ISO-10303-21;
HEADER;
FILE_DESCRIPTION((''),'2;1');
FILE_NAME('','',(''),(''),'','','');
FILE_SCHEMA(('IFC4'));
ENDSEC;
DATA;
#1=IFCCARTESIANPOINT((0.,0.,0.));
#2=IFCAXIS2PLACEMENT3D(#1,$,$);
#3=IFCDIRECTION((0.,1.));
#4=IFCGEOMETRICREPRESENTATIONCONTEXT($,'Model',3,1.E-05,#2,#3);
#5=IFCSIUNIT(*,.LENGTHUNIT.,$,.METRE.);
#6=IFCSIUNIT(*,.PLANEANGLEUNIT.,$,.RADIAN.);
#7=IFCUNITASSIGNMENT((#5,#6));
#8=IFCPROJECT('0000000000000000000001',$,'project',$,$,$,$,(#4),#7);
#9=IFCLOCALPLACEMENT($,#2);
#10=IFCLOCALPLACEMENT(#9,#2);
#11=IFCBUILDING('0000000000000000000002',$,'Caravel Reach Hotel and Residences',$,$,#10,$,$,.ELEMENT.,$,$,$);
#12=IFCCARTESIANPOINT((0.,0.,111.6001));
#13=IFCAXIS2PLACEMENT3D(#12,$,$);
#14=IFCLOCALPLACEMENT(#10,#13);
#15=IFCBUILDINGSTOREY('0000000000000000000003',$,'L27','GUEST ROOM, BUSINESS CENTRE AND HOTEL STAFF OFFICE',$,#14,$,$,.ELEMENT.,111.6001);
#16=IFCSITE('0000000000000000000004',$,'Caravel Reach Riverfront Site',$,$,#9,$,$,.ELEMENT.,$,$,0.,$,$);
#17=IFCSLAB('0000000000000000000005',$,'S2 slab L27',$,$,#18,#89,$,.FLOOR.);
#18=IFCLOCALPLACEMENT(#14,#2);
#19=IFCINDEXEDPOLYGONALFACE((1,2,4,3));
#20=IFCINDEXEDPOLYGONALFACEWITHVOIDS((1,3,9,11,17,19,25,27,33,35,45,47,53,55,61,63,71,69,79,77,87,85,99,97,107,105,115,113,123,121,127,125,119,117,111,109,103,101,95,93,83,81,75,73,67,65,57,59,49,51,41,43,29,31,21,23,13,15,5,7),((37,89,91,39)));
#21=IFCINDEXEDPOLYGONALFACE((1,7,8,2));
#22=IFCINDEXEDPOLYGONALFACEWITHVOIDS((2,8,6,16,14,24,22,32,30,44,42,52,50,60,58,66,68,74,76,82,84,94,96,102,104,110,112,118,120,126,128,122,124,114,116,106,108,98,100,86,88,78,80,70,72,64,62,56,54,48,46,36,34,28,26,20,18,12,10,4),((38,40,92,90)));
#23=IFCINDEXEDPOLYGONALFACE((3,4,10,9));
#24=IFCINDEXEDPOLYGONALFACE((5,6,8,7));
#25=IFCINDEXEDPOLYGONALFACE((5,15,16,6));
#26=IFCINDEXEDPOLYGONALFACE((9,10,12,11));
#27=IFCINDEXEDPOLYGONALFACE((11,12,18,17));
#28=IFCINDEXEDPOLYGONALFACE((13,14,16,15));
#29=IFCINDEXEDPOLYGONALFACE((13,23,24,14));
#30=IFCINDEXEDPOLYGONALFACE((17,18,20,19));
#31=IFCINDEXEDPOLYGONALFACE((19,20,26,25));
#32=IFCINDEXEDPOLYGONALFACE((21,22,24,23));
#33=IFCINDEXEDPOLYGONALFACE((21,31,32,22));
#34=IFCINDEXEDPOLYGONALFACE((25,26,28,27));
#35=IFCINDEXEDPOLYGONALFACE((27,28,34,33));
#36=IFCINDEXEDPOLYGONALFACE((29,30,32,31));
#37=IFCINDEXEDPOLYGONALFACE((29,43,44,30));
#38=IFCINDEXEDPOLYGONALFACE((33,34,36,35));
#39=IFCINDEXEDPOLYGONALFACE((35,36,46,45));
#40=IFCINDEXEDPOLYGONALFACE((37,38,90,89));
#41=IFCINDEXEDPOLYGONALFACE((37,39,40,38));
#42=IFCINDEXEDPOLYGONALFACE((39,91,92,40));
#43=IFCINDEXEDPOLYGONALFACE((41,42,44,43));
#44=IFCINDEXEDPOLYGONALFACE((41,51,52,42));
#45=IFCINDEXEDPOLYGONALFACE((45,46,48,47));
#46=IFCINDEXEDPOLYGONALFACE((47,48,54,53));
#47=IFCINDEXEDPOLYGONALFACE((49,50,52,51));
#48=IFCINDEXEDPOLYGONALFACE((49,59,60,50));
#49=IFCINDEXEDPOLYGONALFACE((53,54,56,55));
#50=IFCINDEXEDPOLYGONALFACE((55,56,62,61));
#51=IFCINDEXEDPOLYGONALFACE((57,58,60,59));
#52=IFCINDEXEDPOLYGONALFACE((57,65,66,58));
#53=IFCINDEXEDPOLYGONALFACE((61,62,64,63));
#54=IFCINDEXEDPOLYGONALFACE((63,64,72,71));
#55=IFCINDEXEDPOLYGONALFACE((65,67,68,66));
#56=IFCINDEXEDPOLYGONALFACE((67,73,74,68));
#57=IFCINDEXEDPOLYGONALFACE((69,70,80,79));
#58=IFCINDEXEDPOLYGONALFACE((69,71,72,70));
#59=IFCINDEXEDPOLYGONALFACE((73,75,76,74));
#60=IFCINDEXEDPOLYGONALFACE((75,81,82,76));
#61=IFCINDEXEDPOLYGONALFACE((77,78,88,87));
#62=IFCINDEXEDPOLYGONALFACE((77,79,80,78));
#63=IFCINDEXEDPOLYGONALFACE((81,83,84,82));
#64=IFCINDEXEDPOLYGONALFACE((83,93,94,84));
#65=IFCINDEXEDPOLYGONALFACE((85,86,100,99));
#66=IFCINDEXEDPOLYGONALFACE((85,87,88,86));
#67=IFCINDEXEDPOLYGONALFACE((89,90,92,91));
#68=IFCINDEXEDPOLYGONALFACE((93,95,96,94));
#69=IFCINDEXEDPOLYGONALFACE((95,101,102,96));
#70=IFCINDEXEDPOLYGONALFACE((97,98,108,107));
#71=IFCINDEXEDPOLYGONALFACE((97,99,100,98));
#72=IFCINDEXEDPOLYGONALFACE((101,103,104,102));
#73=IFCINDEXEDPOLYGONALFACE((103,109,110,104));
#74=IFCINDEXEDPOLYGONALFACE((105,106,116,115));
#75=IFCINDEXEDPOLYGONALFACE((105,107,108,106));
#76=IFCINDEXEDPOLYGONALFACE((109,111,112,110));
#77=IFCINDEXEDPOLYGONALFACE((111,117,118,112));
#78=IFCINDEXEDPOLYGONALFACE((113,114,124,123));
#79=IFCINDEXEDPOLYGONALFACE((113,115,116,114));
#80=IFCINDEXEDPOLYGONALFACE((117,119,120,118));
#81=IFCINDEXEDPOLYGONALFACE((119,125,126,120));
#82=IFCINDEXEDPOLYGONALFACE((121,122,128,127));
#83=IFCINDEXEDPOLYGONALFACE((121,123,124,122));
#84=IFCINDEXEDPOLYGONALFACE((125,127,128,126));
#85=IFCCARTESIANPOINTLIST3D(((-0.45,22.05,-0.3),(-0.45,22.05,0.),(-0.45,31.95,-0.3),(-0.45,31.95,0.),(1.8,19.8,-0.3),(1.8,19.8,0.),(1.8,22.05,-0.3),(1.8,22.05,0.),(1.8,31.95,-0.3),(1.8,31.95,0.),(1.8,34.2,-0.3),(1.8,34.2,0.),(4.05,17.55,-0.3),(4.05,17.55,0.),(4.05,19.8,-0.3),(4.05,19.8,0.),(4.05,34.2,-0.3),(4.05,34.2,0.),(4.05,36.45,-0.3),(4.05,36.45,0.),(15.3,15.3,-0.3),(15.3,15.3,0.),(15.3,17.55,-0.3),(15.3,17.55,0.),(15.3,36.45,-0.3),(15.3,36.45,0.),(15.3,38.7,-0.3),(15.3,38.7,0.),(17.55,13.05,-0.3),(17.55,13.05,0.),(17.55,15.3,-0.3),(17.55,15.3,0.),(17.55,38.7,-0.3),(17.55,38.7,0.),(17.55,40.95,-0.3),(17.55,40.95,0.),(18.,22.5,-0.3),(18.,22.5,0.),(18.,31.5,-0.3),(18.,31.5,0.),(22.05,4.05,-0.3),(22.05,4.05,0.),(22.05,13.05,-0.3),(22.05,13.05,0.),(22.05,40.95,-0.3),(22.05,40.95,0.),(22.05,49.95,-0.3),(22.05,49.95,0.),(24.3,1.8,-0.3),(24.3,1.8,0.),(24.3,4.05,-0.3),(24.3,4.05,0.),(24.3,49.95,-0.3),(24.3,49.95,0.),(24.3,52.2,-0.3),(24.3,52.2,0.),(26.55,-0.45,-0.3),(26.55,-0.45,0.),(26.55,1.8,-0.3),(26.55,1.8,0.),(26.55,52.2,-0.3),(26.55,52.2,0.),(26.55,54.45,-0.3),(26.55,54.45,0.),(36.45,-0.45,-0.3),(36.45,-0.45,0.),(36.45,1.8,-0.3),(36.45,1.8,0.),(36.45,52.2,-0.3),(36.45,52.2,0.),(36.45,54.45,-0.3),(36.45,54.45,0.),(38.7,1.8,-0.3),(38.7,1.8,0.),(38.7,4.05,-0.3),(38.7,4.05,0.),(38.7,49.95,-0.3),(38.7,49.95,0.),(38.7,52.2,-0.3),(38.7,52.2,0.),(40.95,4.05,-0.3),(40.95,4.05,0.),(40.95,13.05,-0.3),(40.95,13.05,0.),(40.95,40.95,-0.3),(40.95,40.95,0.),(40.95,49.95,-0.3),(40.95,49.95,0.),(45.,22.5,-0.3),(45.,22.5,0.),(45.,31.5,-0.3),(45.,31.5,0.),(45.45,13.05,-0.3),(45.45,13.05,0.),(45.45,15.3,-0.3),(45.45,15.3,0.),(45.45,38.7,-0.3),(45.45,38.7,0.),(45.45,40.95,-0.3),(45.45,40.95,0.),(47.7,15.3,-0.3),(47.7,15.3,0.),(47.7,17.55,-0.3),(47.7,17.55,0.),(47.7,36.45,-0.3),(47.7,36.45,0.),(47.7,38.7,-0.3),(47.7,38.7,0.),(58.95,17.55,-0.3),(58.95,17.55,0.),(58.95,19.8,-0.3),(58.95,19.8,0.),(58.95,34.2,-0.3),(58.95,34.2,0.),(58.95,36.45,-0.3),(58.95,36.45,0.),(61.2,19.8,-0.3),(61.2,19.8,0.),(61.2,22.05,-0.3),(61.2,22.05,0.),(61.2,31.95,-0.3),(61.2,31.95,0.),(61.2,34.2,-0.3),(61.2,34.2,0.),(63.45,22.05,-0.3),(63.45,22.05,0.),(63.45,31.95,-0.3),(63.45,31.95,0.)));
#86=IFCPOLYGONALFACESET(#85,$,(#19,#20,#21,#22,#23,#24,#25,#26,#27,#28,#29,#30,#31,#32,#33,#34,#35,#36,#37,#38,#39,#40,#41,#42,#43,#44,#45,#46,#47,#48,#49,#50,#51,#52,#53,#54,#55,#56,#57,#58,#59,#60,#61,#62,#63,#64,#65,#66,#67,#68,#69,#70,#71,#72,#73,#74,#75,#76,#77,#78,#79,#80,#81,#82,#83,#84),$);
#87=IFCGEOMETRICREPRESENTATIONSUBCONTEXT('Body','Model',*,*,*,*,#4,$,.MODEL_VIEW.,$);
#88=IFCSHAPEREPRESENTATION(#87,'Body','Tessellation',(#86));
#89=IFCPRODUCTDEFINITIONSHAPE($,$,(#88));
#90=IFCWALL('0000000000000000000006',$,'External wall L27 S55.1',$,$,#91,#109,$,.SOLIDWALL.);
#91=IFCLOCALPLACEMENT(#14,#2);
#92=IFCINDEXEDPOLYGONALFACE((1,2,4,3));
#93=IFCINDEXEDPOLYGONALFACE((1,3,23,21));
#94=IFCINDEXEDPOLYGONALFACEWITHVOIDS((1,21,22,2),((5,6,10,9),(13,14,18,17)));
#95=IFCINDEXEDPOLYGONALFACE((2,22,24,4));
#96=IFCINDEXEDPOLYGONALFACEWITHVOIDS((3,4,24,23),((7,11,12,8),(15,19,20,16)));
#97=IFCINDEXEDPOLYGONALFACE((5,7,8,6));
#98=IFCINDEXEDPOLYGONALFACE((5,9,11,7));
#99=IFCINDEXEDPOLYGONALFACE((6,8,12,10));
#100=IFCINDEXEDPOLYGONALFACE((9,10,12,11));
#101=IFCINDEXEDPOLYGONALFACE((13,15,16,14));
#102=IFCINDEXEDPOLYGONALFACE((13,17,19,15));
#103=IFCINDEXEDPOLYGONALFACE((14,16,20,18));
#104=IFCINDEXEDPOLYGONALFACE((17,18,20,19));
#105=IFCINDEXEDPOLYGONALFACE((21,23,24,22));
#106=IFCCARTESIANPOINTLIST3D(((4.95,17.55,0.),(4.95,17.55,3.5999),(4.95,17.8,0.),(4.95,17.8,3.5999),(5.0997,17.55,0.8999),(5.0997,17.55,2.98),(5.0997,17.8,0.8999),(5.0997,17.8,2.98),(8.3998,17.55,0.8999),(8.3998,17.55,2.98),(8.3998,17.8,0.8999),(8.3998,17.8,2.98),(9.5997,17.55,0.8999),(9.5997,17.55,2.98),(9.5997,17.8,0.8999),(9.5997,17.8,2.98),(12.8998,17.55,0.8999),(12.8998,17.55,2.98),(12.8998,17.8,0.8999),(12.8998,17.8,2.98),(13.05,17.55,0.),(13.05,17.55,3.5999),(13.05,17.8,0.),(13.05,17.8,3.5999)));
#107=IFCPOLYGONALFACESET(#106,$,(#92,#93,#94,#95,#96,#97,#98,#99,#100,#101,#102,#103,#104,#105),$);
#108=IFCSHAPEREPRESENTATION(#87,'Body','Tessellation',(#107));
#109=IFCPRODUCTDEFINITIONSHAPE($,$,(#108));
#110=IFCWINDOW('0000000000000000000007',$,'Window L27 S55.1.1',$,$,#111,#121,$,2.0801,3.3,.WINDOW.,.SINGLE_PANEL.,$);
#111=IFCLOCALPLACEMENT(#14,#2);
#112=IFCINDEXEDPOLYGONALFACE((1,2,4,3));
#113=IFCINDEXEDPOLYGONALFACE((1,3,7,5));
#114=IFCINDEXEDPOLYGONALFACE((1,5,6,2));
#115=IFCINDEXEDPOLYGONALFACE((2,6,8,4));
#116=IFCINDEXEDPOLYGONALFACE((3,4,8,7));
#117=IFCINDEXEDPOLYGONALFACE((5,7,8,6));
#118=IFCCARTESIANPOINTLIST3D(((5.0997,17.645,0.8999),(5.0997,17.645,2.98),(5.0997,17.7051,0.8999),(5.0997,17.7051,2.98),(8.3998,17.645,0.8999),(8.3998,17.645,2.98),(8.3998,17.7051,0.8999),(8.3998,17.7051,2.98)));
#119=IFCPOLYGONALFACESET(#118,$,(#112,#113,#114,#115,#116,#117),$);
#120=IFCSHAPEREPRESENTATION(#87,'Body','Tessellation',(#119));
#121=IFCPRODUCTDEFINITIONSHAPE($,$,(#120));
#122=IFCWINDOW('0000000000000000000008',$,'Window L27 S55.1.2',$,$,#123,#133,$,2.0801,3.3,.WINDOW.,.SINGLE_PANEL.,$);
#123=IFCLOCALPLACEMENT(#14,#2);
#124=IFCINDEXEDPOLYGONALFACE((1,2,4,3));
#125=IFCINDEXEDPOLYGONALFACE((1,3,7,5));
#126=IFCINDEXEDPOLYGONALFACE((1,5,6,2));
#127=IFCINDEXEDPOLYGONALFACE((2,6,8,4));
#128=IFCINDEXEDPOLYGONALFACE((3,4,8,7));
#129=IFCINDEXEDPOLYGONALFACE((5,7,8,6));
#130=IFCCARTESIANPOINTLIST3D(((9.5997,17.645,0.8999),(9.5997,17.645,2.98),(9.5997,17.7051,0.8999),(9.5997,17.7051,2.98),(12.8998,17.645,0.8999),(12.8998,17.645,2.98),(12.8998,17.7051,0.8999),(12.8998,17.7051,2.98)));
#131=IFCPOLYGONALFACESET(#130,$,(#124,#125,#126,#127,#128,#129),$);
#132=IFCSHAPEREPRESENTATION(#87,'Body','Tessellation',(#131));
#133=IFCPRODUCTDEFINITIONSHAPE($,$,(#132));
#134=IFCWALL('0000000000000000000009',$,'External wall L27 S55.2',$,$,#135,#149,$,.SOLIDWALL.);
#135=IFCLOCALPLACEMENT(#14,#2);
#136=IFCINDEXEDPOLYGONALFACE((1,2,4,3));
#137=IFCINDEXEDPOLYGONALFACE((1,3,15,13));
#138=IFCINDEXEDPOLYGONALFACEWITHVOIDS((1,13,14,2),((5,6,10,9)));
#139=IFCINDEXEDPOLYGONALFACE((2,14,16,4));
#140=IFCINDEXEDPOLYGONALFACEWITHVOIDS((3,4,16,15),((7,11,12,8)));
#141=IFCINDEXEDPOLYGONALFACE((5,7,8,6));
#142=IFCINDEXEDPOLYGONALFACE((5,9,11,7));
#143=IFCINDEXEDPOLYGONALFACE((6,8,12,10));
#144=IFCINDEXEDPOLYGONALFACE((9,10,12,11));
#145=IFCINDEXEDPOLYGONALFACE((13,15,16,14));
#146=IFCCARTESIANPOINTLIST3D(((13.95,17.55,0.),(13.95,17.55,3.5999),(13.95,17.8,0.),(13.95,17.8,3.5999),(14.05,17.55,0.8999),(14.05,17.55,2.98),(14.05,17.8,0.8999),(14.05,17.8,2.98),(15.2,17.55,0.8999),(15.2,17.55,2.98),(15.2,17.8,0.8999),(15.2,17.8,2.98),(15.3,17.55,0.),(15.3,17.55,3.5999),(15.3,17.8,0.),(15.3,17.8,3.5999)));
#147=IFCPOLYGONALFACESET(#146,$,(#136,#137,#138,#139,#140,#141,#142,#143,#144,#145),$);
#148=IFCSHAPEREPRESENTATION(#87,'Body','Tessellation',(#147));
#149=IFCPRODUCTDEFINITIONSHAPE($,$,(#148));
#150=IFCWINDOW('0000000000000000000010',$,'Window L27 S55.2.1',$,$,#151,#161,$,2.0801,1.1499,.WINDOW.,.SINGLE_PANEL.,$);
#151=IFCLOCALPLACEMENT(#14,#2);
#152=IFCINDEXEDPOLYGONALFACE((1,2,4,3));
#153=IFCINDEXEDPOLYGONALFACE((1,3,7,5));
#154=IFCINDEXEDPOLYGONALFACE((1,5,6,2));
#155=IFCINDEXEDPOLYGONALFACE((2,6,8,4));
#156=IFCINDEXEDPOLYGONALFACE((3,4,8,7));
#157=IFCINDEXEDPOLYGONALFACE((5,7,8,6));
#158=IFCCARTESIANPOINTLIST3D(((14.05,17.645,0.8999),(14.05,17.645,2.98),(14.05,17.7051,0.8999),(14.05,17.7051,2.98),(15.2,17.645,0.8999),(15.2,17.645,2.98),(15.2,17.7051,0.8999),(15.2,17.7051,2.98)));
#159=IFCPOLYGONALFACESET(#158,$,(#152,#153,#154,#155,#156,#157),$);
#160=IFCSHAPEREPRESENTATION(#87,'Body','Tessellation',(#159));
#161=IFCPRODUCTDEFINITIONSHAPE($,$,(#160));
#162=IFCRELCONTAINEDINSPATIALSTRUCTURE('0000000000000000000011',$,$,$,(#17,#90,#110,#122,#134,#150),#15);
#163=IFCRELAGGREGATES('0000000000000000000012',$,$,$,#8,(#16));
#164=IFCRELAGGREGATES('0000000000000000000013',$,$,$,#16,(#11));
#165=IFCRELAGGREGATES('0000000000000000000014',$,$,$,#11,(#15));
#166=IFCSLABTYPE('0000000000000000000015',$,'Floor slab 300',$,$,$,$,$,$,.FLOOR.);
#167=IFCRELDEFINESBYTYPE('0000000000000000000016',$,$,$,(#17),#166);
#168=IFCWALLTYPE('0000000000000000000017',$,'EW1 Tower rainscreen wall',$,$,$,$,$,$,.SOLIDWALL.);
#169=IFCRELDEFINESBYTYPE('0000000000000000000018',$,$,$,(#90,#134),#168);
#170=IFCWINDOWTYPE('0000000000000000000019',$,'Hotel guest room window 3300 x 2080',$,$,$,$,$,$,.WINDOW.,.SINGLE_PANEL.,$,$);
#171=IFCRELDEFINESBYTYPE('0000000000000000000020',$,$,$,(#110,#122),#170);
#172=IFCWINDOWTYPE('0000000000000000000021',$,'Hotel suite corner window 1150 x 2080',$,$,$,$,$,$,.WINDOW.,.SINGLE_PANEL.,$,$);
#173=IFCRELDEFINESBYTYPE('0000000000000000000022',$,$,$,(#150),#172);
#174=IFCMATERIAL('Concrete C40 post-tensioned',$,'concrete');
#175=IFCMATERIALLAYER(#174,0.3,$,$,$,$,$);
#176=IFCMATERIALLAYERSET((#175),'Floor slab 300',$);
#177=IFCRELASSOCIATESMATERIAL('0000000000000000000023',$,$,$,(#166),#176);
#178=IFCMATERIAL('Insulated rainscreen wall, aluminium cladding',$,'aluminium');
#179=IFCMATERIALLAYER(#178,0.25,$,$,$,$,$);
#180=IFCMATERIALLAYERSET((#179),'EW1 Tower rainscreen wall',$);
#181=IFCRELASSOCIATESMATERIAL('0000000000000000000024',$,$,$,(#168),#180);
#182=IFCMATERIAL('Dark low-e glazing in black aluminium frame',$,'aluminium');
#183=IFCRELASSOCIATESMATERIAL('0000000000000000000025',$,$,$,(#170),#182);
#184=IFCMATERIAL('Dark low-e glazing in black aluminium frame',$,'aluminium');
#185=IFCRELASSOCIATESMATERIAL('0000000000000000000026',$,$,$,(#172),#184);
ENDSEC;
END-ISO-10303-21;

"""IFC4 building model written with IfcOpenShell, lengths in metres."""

from ifc_helpers import new_model, si_unit, direction, frame, frame_2d, origin, place, context, subcontext, project, spatial, polyline, rectangle, outline, extrude, material, layer, layer_set, type_object, element, fill, save


model = new_model("IFC4")

# Units and contexts
model_context = context("Model", 3, precision=1e-05, world=origin(), true_north=direction((0.0, 1.0)))
body_context = subcontext(model_context, "Body", "Model", "MODEL_VIEW")
ifc_project = project(units=[si_unit("LENGTHUNIT", "METRE"), si_unit("PLANEANGLEUNIT", "RADIAN")], contexts=[model_context])

# Site, building, storey
site_placement = place(None, origin())
site = spatial("IfcSite", under=ifc_project, at=site_placement, Name="Caravel Reach Riverfront Site", CompositionType="ELEMENT", RefElevation=0.0)
building_placement = place(site_placement, origin())
building = spatial("IfcBuilding", under=site, at=building_placement, Name="Caravel Reach Hotel and Residences", CompositionType="ELEMENT")
storey_placement = place(building_placement, frame((0.0, 0.0, 111.6001)))
storey = spatial("IfcBuildingStorey", under=building, at=storey_placement, Name="L27", Description="GUEST ROOM, BUSINESS CENTRE AND HOTEL STAFF OFFICE", CompositionType="ELEMENT", Elevation=111.6001)

# Slab
ifc_material_1 = material(Name="Concrete C40 post-tensioned", Category="concrete")
ifc_layer_1 = layer(ifc_material_1, 0.3)
ifc_layer_set_1 = layer_set([ifc_layer_1], Name="Floor slab 300")
slab_type_1 = type_object("IfcSlabType", Name="Floor slab 300", PredefinedType="FLOOR", material=ifc_layer_set_1)
slab_1_placement = place(storey_placement, frame((0.0, 0.0, -0.3)))
element("IfcSlab", 1, at=slab_1_placement, inside=storey, type_object=slab_type_1, Name="S2 slab L27", PredefinedType="FLOOR", context=body_context, shape_type="SweptSolid", body=[
    extrude(outline(polyline([(17.55, 13.05), (17.55, 15.3), (15.3, 15.3), (15.3, 17.55), (4.05, 17.55), (4.05, 19.8), (1.8, 19.8), (1.8, 22.05), (-0.45, 22.05), (-0.45, 31.95), (1.8, 31.95), (1.8, 34.2), (4.05, 34.2), (4.05, 36.45), (15.3, 36.45), (15.3, 38.7), (17.55, 38.7), (17.55, 40.95), (22.05, 40.95), (22.05, 49.95), (24.3, 49.95), (24.3, 52.2), (26.55, 52.2), (26.55, 54.45), (36.45, 54.45), (36.45, 52.2), (38.7, 52.2), (38.7, 49.95), (40.95, 49.95), (40.95, 40.95), (45.45, 40.95), (45.45, 38.7), (47.7, 38.7), (47.7, 36.45), (58.95, 36.45), (58.95, 34.2), (61.2, 34.2), (61.2, 31.95), (63.45, 31.95), (63.45, 22.05), (61.2, 22.05), (61.2, 19.8), (58.95, 19.8), (58.95, 17.55), (47.7, 17.55), (47.7, 15.3), (45.45, 15.3), (45.45, 13.05), (40.95, 13.05), (40.95, 4.05), (38.7, 4.05), (38.7, 1.8), (36.45, 1.8), (36.45, -0.45), (26.55, -0.45), (26.55, 1.8), (24.3, 1.8), (24.3, 4.05), (22.05, 4.05), (22.05, 13.05), (17.55, 13.05)]), holes=[polyline([(45.0, 31.5), (18.0, 31.5), (18.0, 22.5), (45.0, 22.5), (45.0, 31.5)])]), origin(), (0.0, 0.0, 1.0), 0.3),
])

# Wall, openings, windows
ifc_material_2 = material(Name="Insulated rainscreen wall, aluminium cladding", Category="aluminium")
ifc_layer_2 = layer(ifc_material_2, 0.25)
ifc_layer_set_2 = layer_set([ifc_layer_2], Name="EW1 Tower rainscreen wall")
wall_type_1 = type_object("IfcWallType", Name="EW1 Tower rainscreen wall", PredefinedType="SOLIDWALL", material=ifc_layer_set_2)
wall_1_placement = place(storey_placement, frame((4.95, 17.675, 0.0), z_axis=(0.0, 0.0, 1.0), x_axis=(1.0, 0.0, 0.0)))
wall_1 = element("IfcWall", 2, at=wall_1_placement, inside=storey, type_object=wall_type_1, Name="External wall L27 S55.1", PredefinedType="SOLIDWALL", context=body_context, shape_type="SweptSolid", body=[
    extrude(rectangle(XDim=8.1001, YDim=0.25, at=frame_2d((4.05, 0.0))), origin(), (0.0, 0.0, 1.0), 3.5999),
])
opening_1_placement = place(wall_1_placement, frame((0.1499, 0.0, 0.8999)))
opening_1 = element("IfcOpeningElement", 3, at=opening_1_placement, cuts=wall_1, PredefinedType="OPENING", context=body_context, shape_type="SweptSolid", body=[
    extrude(rectangle(XDim=3.3, YDim=2.0801, at=frame_2d((1.6499, 1.04))), frame((0.0, 0.135, 0.0), z_axis=(0.0, -1.0, 0.0), x_axis=(1.0, 0.0, 0.0)), (0.0, 0.0, 1.0), 0.27),
])
opening_2_placement = place(wall_1_placement, frame((4.6499, 0.0, 0.8999)))
opening_2 = element("IfcOpeningElement", 4, at=opening_2_placement, cuts=wall_1, PredefinedType="OPENING", context=body_context, shape_type="SweptSolid", body=[
    extrude(rectangle(XDim=3.3, YDim=2.0801, at=frame_2d((1.6499, 1.04))), frame((0.0, 0.135, 0.0), z_axis=(0.0, -1.0, 0.0), x_axis=(1.0, 0.0, 0.0)), (0.0, 0.0, 1.0), 0.27),
])
ifc_material_3 = material(Name="Dark low-e glazing in black aluminium frame", Category="aluminium")
window_type_1 = type_object("IfcWindowType", Name="Hotel guest room window 3300 x 2080", PartitioningType="SINGLE_PANEL", PredefinedType="WINDOW", material=ifc_material_3)
window_1_placement = place(opening_1_placement, origin())
window_1 = element("IfcWindow", 5, at=window_1_placement, inside=storey, type_object=window_type_1, Name="Window L27 S55.1.1", OverallHeight=2.0801, OverallWidth=3.3, PartitioningType="SINGLE_PANEL", PredefinedType="WINDOW", context=body_context, shape_type="SweptSolid", body=[
    extrude(rectangle(XDim=3.3, YDim=2.0801, at=frame_2d((1.6499, 1.04))), frame((0.0, 0.03, 0.0), z_axis=(0.0, -1.0, 0.0), x_axis=(1.0, 0.0, 0.0)), (0.0, 0.0, 1.0), 0.0601),
])
fill(opening_1, window_1)
window_2_placement = place(opening_2_placement, origin())
window_2 = element("IfcWindow", 6, at=window_2_placement, inside=storey, type_object=window_type_1, Name="Window L27 S55.1.2", OverallHeight=2.0801, OverallWidth=3.3, PartitioningType="SINGLE_PANEL", PredefinedType="WINDOW", context=body_context, shape_type="SweptSolid", body=[
    extrude(rectangle(XDim=3.3, YDim=2.0801, at=frame_2d((1.6499, 1.04))), frame((0.0, 0.03, 0.0), z_axis=(0.0, -1.0, 0.0), x_axis=(1.0, 0.0, 0.0)), (0.0, 0.0, 1.0), 0.0601),
])
fill(opening_2, window_2)

# Wall, opening, window
wall_2_placement = place(storey_placement, frame((13.95, 17.675, 0.0), z_axis=(0.0, 0.0, 1.0), x_axis=(1.0, 0.0, 0.0)))
wall_2 = element("IfcWall", 7, at=wall_2_placement, inside=storey, type_object=wall_type_1, Name="External wall L27 S55.2", PredefinedType="SOLIDWALL", context=body_context, shape_type="SweptSolid", body=[
    extrude(rectangle(XDim=1.3501, YDim=0.25, at=frame_2d((0.675, 0.0))), origin(), (0.0, 0.0, 1.0), 3.5999),
])
opening_3_placement = place(wall_2_placement, frame((0.1001, 0.0, 0.8999)))
opening_3 = element("IfcOpeningElement", 8, at=opening_3_placement, cuts=wall_2, PredefinedType="OPENING", context=body_context, shape_type="SweptSolid", body=[
    extrude(rectangle(XDim=1.1499, YDim=2.0801, at=frame_2d((0.575, 1.04))), frame((0.0, 0.135, 0.0), z_axis=(0.0, -1.0, 0.0), x_axis=(1.0, 0.0, 0.0)), (0.0, 0.0, 1.0), 0.27),
])
ifc_material_4 = material(Name="Dark low-e glazing in black aluminium frame", Category="aluminium")
window_type_2 = type_object("IfcWindowType", Name="Hotel suite corner window 1150 x 2080", PartitioningType="SINGLE_PANEL", PredefinedType="WINDOW", material=ifc_material_4)
window_3_placement = place(opening_3_placement, origin())
window_3 = element("IfcWindow", 9, at=window_3_placement, inside=storey, type_object=window_type_2, Name="Window L27 S55.2.1", OverallHeight=2.0801, OverallWidth=1.1499, PartitioningType="SINGLE_PANEL", PredefinedType="WINDOW", context=body_context, shape_type="SweptSolid", body=[
    extrude(rectangle(XDim=1.1499, YDim=2.0801, at=frame_2d((0.575, 1.04))), frame((0.0, 0.03, 0.0), z_axis=(0.0, -1.0, 0.0), x_axis=(1.0, 0.0, 0.0)), (0.0, 0.0, 1.0), 0.0601),
])
fill(opening_3, window_3)

save(model, "model.ifc")
